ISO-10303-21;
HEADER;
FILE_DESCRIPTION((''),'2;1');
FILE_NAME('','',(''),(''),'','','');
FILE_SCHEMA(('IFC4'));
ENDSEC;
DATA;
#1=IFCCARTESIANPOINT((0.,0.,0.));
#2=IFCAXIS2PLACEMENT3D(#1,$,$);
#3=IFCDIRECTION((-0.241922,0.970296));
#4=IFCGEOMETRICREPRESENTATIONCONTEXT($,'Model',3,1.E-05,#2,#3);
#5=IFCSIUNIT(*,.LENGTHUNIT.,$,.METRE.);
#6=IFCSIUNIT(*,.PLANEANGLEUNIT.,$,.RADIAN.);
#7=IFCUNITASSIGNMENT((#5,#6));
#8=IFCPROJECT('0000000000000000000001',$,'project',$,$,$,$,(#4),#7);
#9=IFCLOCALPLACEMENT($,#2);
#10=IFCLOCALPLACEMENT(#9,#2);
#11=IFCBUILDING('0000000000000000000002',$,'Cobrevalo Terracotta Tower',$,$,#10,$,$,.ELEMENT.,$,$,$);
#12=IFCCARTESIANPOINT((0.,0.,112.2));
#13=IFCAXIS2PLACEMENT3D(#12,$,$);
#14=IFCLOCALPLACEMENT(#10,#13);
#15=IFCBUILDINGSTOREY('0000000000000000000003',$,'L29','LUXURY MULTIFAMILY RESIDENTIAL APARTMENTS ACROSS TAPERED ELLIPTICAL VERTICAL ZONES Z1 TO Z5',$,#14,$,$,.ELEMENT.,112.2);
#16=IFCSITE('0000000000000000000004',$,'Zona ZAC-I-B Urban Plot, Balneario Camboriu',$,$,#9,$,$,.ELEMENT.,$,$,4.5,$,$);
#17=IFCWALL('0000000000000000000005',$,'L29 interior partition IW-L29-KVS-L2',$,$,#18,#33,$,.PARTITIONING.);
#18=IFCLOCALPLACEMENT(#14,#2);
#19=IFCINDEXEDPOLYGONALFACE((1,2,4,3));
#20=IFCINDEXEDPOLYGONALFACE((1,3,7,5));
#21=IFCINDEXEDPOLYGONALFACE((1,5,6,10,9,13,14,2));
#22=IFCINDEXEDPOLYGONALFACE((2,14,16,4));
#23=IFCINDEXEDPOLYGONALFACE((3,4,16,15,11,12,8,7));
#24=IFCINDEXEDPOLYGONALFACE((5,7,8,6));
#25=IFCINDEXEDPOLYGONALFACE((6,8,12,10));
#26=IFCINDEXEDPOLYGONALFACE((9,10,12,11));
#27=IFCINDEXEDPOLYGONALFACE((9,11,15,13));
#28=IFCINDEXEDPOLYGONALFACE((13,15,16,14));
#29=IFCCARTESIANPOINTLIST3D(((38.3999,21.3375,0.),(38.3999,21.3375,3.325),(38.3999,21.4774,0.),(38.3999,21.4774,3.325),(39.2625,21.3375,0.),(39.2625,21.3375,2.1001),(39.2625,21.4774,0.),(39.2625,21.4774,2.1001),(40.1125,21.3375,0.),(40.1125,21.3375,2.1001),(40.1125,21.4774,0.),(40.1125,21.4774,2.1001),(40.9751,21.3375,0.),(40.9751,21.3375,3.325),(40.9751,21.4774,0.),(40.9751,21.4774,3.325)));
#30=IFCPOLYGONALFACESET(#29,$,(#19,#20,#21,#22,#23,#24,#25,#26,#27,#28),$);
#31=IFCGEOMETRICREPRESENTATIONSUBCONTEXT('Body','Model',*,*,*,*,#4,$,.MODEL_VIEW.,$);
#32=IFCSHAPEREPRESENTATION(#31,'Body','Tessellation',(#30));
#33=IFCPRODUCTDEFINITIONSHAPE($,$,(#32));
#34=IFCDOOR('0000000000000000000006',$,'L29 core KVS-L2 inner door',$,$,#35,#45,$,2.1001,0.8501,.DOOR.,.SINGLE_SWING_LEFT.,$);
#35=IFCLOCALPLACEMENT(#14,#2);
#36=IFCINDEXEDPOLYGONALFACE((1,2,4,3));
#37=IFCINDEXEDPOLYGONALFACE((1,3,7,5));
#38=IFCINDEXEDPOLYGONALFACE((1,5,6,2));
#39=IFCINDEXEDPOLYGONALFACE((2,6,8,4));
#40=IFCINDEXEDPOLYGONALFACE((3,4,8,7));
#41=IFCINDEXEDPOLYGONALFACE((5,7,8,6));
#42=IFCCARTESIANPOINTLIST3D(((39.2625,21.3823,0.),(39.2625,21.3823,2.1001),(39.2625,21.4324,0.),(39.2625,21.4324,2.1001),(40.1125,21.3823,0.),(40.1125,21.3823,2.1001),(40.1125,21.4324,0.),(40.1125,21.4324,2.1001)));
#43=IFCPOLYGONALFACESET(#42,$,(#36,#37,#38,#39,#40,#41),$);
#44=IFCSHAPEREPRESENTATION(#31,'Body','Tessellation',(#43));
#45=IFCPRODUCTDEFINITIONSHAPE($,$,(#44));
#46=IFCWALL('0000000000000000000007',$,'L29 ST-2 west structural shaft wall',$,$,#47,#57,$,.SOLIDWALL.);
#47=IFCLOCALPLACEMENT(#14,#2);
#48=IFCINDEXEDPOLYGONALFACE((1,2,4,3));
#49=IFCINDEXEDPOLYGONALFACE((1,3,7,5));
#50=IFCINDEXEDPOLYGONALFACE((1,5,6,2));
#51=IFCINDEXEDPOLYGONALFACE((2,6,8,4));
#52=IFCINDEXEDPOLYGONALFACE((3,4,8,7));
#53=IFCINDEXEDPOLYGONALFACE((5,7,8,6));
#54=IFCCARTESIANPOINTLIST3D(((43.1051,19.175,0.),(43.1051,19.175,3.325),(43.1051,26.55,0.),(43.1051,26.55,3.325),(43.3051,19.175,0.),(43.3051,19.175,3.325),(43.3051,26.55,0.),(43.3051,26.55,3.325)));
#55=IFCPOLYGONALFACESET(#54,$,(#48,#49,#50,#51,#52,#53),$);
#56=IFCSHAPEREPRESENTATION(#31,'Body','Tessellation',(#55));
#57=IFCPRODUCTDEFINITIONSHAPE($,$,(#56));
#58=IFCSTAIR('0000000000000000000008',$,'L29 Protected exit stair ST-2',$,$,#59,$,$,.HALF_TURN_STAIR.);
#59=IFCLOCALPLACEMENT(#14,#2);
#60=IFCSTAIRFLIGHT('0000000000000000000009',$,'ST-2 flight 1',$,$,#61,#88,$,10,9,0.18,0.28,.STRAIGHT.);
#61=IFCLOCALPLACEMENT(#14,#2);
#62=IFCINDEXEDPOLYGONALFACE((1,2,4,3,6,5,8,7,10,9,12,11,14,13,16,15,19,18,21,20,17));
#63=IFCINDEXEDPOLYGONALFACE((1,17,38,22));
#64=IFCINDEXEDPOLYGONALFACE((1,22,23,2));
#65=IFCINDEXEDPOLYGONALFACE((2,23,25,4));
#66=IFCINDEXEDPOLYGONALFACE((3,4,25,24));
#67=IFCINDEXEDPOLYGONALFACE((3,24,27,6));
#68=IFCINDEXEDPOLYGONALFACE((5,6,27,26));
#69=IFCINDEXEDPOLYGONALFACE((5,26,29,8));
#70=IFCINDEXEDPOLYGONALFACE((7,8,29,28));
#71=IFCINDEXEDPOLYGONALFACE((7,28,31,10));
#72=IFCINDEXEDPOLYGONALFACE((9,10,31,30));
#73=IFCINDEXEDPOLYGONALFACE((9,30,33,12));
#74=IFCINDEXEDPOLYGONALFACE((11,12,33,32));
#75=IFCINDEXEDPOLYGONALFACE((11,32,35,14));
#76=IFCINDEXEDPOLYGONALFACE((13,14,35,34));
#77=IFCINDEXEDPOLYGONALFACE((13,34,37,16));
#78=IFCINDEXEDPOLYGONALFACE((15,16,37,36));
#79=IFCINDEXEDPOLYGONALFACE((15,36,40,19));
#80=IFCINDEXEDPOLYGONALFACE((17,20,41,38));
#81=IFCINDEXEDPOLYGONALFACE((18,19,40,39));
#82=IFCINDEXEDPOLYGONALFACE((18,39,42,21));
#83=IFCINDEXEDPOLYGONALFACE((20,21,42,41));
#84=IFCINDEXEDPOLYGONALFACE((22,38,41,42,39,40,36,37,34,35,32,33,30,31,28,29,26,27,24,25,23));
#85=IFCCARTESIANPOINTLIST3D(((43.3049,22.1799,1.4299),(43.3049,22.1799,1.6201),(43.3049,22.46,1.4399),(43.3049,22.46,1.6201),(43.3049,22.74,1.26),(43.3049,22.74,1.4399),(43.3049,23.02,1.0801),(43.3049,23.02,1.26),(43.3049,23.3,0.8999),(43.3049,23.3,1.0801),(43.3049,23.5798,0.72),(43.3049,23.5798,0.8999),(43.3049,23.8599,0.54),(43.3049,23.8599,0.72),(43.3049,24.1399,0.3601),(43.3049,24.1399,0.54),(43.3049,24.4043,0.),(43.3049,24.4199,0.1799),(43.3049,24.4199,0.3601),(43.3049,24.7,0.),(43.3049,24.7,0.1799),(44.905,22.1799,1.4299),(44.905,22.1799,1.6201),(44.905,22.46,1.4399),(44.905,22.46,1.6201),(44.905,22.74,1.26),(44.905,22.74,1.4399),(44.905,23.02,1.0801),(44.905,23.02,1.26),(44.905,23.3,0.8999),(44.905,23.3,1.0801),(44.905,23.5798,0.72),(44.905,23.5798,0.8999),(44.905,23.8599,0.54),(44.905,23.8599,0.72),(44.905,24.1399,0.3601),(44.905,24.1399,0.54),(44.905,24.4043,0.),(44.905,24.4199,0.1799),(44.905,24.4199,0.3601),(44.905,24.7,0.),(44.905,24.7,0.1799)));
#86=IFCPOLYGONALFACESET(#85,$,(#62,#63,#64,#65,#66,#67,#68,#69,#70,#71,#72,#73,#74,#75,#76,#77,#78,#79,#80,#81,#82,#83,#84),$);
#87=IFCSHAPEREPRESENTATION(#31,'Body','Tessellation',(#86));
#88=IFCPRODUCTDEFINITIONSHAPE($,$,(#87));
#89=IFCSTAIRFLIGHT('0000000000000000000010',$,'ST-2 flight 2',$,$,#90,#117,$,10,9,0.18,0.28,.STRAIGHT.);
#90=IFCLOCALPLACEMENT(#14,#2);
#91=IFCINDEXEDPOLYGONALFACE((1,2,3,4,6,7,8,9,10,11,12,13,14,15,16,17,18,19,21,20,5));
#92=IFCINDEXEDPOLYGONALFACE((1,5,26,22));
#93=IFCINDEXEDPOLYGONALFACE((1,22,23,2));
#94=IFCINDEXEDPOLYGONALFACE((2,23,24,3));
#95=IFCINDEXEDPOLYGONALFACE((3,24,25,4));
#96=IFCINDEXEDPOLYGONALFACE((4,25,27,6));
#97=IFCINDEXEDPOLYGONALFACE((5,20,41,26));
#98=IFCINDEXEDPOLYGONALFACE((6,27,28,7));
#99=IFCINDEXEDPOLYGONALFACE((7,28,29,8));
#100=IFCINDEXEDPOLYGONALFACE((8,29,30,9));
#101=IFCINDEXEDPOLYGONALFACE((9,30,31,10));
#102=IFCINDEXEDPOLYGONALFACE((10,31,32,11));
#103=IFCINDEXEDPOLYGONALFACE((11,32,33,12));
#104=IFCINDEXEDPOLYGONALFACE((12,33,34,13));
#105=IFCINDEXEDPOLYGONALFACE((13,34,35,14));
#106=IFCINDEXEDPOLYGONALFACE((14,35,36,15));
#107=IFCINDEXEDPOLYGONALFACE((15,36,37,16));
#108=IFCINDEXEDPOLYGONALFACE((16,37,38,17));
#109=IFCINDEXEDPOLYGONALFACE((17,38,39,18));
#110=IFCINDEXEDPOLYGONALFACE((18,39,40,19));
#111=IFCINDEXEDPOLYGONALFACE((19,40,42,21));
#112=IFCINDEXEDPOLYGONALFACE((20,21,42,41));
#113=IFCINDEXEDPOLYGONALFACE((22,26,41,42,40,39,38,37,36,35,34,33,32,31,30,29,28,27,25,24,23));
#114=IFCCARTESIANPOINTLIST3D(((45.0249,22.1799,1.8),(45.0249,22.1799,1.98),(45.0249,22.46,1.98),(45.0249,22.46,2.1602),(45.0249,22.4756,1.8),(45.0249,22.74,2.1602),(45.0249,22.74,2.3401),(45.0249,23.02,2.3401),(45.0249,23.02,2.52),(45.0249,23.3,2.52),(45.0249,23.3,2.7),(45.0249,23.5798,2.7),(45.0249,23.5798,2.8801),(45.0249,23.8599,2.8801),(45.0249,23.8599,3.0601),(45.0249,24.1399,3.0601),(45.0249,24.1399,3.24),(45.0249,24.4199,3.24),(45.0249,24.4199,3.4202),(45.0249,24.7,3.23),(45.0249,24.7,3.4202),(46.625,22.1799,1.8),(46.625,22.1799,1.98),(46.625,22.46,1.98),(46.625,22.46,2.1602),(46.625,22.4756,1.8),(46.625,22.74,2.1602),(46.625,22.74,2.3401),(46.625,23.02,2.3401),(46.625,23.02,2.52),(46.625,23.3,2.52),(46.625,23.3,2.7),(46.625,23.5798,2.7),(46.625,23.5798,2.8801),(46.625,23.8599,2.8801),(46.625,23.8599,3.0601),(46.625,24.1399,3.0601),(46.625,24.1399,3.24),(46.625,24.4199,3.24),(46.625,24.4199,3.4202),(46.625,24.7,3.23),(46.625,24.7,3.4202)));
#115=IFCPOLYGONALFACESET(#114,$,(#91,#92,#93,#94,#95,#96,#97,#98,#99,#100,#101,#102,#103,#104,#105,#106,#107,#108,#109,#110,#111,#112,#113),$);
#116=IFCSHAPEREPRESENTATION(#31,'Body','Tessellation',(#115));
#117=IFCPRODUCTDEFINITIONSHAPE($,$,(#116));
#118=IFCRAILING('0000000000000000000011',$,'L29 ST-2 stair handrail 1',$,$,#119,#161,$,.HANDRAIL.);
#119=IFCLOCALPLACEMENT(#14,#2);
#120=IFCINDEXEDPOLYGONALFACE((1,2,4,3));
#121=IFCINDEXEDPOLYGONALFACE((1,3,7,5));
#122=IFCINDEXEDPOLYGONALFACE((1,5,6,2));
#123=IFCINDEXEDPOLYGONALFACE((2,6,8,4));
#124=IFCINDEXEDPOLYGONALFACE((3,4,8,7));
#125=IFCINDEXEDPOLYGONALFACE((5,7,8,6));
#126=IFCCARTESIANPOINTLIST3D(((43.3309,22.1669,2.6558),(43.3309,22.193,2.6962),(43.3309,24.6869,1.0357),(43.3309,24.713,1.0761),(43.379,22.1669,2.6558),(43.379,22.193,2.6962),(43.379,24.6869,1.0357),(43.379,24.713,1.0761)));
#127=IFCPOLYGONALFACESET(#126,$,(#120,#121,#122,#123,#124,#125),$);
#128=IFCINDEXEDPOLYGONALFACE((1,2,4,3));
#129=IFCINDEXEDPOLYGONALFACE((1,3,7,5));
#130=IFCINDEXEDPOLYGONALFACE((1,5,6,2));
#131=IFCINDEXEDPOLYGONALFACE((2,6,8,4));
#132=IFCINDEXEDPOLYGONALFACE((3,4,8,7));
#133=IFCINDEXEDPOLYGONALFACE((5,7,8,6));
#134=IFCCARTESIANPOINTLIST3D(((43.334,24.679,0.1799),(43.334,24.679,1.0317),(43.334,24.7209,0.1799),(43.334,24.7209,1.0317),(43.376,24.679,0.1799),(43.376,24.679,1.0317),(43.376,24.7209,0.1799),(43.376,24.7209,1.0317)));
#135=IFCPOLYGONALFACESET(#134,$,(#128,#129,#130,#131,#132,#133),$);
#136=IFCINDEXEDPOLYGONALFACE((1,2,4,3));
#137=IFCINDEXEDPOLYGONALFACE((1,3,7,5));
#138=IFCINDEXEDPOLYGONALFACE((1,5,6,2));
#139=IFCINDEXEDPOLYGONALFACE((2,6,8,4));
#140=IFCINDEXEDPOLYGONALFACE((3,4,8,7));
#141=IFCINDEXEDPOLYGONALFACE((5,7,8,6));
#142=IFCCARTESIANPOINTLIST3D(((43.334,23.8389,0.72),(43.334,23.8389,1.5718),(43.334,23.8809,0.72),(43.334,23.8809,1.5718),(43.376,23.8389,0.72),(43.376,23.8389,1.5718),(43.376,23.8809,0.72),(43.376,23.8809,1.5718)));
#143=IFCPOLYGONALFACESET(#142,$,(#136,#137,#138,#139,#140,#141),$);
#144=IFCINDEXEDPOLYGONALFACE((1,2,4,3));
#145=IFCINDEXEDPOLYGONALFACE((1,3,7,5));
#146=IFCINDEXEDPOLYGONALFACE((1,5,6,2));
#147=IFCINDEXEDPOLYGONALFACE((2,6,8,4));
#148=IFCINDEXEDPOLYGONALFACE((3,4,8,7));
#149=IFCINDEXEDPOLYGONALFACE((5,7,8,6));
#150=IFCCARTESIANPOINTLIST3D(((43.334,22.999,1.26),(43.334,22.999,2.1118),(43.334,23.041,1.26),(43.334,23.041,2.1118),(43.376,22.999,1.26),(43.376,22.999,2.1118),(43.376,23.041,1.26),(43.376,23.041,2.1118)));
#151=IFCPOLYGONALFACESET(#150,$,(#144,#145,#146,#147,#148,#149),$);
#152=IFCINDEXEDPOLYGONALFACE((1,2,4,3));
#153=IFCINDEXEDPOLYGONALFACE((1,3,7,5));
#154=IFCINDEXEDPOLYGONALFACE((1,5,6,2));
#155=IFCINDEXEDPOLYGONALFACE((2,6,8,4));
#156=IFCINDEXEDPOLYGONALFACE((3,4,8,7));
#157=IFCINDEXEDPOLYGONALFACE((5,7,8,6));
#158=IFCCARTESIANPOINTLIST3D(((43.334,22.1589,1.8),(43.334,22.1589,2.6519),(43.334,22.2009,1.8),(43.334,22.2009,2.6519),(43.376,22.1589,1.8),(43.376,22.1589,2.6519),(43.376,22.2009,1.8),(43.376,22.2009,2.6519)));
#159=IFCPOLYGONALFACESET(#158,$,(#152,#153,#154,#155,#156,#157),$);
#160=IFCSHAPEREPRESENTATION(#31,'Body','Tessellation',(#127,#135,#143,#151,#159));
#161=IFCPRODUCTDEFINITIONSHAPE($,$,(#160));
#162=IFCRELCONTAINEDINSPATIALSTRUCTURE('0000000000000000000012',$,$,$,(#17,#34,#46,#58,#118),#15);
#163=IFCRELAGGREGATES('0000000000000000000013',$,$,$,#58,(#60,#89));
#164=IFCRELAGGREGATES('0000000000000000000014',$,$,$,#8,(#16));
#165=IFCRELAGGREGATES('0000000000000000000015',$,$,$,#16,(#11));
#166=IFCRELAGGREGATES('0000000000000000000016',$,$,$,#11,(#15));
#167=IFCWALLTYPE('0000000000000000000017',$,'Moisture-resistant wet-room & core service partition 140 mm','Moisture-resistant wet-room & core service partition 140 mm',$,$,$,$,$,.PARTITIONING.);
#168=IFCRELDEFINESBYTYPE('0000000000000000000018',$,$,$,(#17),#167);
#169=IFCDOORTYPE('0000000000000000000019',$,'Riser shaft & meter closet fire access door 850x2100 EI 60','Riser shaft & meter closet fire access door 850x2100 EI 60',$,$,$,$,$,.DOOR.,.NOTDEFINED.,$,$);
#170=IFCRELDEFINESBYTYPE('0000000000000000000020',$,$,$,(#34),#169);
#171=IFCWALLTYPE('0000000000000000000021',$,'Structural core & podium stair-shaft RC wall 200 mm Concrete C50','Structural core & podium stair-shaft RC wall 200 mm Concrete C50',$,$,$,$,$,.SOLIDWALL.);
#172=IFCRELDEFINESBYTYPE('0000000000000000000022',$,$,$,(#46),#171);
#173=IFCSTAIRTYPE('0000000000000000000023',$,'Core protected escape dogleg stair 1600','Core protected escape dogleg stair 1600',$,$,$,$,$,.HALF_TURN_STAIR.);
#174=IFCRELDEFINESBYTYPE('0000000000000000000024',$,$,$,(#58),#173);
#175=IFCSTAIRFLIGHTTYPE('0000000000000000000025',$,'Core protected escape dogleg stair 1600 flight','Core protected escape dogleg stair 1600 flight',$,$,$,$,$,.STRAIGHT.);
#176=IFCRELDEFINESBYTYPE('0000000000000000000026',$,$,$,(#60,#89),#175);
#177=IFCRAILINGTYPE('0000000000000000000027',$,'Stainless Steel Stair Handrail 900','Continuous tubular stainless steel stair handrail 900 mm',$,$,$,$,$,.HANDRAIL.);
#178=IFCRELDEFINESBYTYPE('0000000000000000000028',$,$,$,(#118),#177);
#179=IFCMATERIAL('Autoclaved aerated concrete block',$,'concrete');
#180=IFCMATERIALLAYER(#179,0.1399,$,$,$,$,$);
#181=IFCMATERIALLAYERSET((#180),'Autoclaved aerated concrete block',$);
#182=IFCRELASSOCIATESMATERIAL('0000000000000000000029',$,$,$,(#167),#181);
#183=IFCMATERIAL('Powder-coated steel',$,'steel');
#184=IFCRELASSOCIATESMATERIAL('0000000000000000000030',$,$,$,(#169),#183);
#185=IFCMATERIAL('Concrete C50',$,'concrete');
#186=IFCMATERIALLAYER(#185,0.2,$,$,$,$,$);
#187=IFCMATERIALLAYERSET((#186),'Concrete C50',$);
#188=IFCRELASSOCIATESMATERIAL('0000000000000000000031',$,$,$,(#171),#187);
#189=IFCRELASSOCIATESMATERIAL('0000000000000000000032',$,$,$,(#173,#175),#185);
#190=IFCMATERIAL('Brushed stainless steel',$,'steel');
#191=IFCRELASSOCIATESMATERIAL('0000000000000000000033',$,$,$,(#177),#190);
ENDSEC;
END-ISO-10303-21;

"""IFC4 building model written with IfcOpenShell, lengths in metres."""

from ifc_helpers import new_model, si_unit, direction, frame, frame_2d, origin, origin_2d, place, context, subcontext, project, spatial, polyline, rectangle, outline, extrude, source, transform, mapped, material, layer, layer_set, type_object, element, fill, aggregate, save


model = new_model("IFC4")

# Units and contexts
model_context = context("Model", 3, precision=1e-05, world=origin(), true_north=direction((-0.241922, 0.970296)))
body_context = subcontext(model_context, "Body", "Model", "MODEL_VIEW")
ifc_project = project(units=[si_unit("LENGTHUNIT", "METRE"), si_unit("PLANEANGLEUNIT", "RADIAN")], contexts=[model_context])

# Site, building, storey
site_placement = place(None, origin())
site = spatial("IfcSite", under=ifc_project, at=site_placement, Name="Zona ZAC-I-B Urban Plot, Balneario Camboriu", CompositionType="ELEMENT", RefElevation=4.5)
building_placement = place(site_placement, origin())
building = spatial("IfcBuilding", under=site, at=building_placement, Name="Cobrevalo Terracotta Tower", CompositionType="ELEMENT")
storey_placement = place(building_placement, frame((0.0, 0.0, 112.2)))
storey = spatial("IfcBuildingStorey", under=building, at=storey_placement, Name="L29", Description="LUXURY MULTIFAMILY RESIDENTIAL APARTMENTS ACROSS TAPERED ELLIPTICAL VERTICAL ZONES Z1 TO Z5", CompositionType="ELEMENT", Elevation=112.2)

# Shared definitions
ifc_material_1 = material(Name="Autoclaved aerated concrete block", Category="concrete")

# Shared definitions
ifc_layer_1 = layer(ifc_material_1, 0.1399)
ifc_layer_set_1 = layer_set([ifc_layer_1], Name="Autoclaved aerated concrete block")
wall_type_1 = type_object("IfcWallType", Name="Moisture-resistant wet-room & core service partition 140 mm", Description="Moisture-resistant wet-room & core service partition 140 mm", PredefinedType="PARTITIONING", material=ifc_layer_set_1)

# Wall, opening, door
wall_1_placement = place(storey_placement, frame((38.3999, 21.4075, 0.0), z_axis=(0.0, 0.0, 1.0), x_axis=(1.0, 0.0, 0.0)))
wall_1 = element("IfcWall", 1, at=wall_1_placement, inside=storey, type_object=wall_type_1, Name="L29 interior partition IW-L29-KVS-L2", PredefinedType="PARTITIONING", context=body_context, shape_type="SweptSolid", body=[
    extrude(rectangle(XDim=2.5752, YDim=0.1399, at=frame_2d((1.2876, 0.0))), origin(), (0.0, 0.0, 1.0), 3.325),
])
opening_1_placement = place(wall_1_placement, frame((0.8625, 0.0, 0.0)))
opening_1 = element("IfcOpeningElement", 2, at=opening_1_placement, cuts=wall_1, PredefinedType="OPENING", context=body_context, shape_type="SweptSolid", body=[
    extrude(rectangle(XDim=0.8501, YDim=2.1001, at=frame_2d((0.425, 1.05))), frame((0.0, 0.0801, 0.0), z_axis=(0.0, -1.0, 0.0), x_axis=(1.0, 0.0, 0.0)), (0.0, 0.0, 1.0), 0.1599),
])
ifc_material_2 = material(Name="Powder-coated steel", Category="steel")
door_type_1 = type_object("IfcDoorType", Name="Riser shaft & meter closet fire access door 850x2100 EI 60", Description="Riser shaft & meter closet fire access door 850x2100 EI 60", OperationType="NOTDEFINED", PredefinedType="DOOR", material=ifc_material_2)
shared_shape_1 = source(origin(), body_context, "Body", "SweptSolid", [
    extrude(rectangle(XDim=0.8501, YDim=2.1001, at=frame_2d((0.425, 1.05))), frame((0.0, 0.0249, 0.0), z_axis=(0.0, -1.0, 0.0), x_axis=(1.0, 0.0, 0.0)), (0.0, 0.0, 1.0), 0.05),
])
door_1_placement = place(opening_1_placement, origin())
door_1 = element("IfcDoor", 3, at=door_1_placement, inside=storey, type_object=door_type_1, Name="L29 core KVS-L2 inner door", OperationType="SINGLE_SWING_LEFT", OverallHeight=2.1001, OverallWidth=0.8501, PredefinedType="DOOR", context=body_context, shape_type="MappedRepresentation", body=[
    mapped(shared_shape_1, transform((0.0, 0.0, 0.0), scale=1.0)),
])
fill(opening_1, door_1)

# Wall
ifc_material_3 = material(Name="Concrete C50", Category="concrete")
ifc_layer_2 = layer(ifc_material_3, 0.2)
ifc_layer_set_2 = layer_set([ifc_layer_2], Name="Concrete C50")
wall_type_2 = type_object("IfcWallType", Name="Structural core & podium stair-shaft RC wall 200 mm Concrete C50", Description="Structural core & podium stair-shaft RC wall 200 mm Concrete C50", PredefinedType="SOLIDWALL", material=ifc_layer_set_2)
wall_2_placement = place(storey_placement, frame((43.2051, 19.175, 0.0), z_axis=(0.0, 0.0, 1.0), x_axis=(0.0, 1.0, 0.0)))
element("IfcWall", 4, at=wall_2_placement, inside=storey, type_object=wall_type_2, Name="L29 ST-2 west structural shaft wall", PredefinedType="SOLIDWALL", context=body_context, shape_type="SweptSolid", body=[
    extrude(rectangle(XDim=7.375, YDim=0.2, at=frame_2d((3.6875, 0.0))), origin(), (0.0, 0.0, 1.0), 3.325),
])

# Stair, stair flights
stair_type = type_object("IfcStairType", Name="Core protected escape dogleg stair 1600", Description="Core protected escape dogleg stair 1600", PredefinedType="HALF_TURN_STAIR", material=ifc_material_3)
stair_placement = place(storey_placement, origin())
stair = element("IfcStair", 5, at=stair_placement, inside=storey, type_object=stair_type, Name="L29 Protected exit stair ST-2", PredefinedType="HALF_TURN_STAIR")
stair_flight_type = type_object("IfcStairFlightType", Name="Core protected escape dogleg stair 1600 flight", Description="Core protected escape dogleg stair 1600 flight", PredefinedType="STRAIGHT", material=ifc_material_3)
stair_flight_1_placement = place(storey_placement, frame((44.105, 24.7, 0.0), z_axis=(0.0, 0.0, 1.0), x_axis=(0.0, -1.0, 0.0)))
stair_flight_1 = element("IfcStairFlight", 6, at=stair_flight_1_placement, type_object=stair_flight_type, Name="ST-2 flight 1", NumberOfRisers=10, NumberOfTreads=9, PredefinedType="STRAIGHT", RiserHeight=0.18, TreadLength=0.28, context=body_context, shape_type="SweptSolid", body=[
    extrude(outline(polyline([(0.0, 0.0), (0.0, 0.1799), (0.28, 0.1799), (0.28, 0.3601), (0.5601, 0.3601), (0.5601, 0.54), (0.8401, 0.54), (0.8401, 0.72), (1.1201, 0.72), (1.1201, 0.8999), (1.3999, 0.8999), (1.3999, 1.0801), (1.6799, 1.0801), (1.6799, 1.26), (1.96, 1.26), (1.96, 1.4399), (2.24, 1.4399), (2.24, 1.6201), (2.52, 1.6201), (2.52, 1.8), (2.52, 1.4299), (0.2957, 0.0), (0.0, 0.0)])), frame((0.0, 0.8, 0.0), z_axis=(0.0, -1.0, 0.0), x_axis=(1.0, 0.0, 0.0)), (0.0, 0.0, 1.0), 1.6001),
])
stair_flight_2_placement = place(storey_placement, frame((45.825, 22.1799, 1.8), z_axis=(0.0, 0.0, 1.0), x_axis=(0.0, 1.0, 0.0)))
stair_flight_2 = element("IfcStairFlight", 7, at=stair_flight_2_placement, type_object=stair_flight_type, Name="ST-2 flight 2", NumberOfRisers=10, NumberOfTreads=9, PredefinedType="STRAIGHT", RiserHeight=0.18, TreadLength=0.28, context=body_context, shape_type="SweptSolid", body=[
    extrude(outline(polyline([(0.0, 0.0), (0.0, 0.1799), (0.28, 0.1799), (0.28, 0.3601), (0.5601, 0.3601), (0.5601, 0.54), (0.8401, 0.54), (0.8401, 0.72), (1.1201, 0.72), (1.1201, 0.8999), (1.3999, 0.8999), (1.3999, 1.0801), (1.6799, 1.0801), (1.6799, 1.26), (1.96, 1.26), (1.96, 1.4399), (2.24, 1.4399), (2.24, 1.6201), (2.52, 1.6201), (2.52, 1.8), (2.52, 1.4299), (0.2957, 0.0), (0.0, 0.0)])), frame((0.0, 0.8, 0.0), z_axis=(0.0, -1.0, 0.0), x_axis=(1.0, 0.0, 0.0)), (0.0, 0.0, 1.0), 1.6001),
])
aggregate(stair, [stair_flight_1, stair_flight_2])

# Railing
ifc_material_4 = material(Name="Brushed stainless steel", Category="steel")
railing_type_1 = type_object("IfcRailingType", Name="Stainless Steel Stair Handrail 900", Description="Continuous tubular stainless steel stair handrail 900 mm", PredefinedType="HANDRAIL", material=ifc_material_4)
railing_1_placement = place(storey_placement, frame((43.355, 24.7, 0.1799)))
element("IfcRailing", 8, at=railing_1_placement, inside=storey, type_object=railing_type_1, Name="L29 ST-2 stair handrail 1", PredefinedType="HANDRAIL", context=body_context, shape_type="SweptSolid", body=[
    extrude(rectangle(XDim=0.0481, YDim=0.0481, at=origin_2d()), frame((0.0, 0.0, 0.876), z_axis=(0.0, -0.841163, 0.540782), x_axis=(1.0, 0.0, 0.0)), (0.0, 0.0, 1.0), 2.9958),
    extrude(rectangle(XDim=0.042, YDim=0.042, at=origin_2d()), origin(), (0.0, 0.0, 1.0), 0.8518),
    extrude(rectangle(XDim=0.042, YDim=0.042, at=origin_2d()), frame((0.0, -0.8401, 0.54)), (0.0, 0.0, 1.0), 0.8518),
    extrude(rectangle(XDim=0.042, YDim=0.042, at=origin_2d()), frame((0.0, -1.6799, 1.0801)), (0.0, 0.0, 1.0), 0.8518),
    extrude(rectangle(XDim=0.042, YDim=0.042, at=origin_2d()), frame((0.0, -2.52, 1.6201)), (0.0, 0.0, 1.0), 0.8518),
])

save(model, "model.ifc")
